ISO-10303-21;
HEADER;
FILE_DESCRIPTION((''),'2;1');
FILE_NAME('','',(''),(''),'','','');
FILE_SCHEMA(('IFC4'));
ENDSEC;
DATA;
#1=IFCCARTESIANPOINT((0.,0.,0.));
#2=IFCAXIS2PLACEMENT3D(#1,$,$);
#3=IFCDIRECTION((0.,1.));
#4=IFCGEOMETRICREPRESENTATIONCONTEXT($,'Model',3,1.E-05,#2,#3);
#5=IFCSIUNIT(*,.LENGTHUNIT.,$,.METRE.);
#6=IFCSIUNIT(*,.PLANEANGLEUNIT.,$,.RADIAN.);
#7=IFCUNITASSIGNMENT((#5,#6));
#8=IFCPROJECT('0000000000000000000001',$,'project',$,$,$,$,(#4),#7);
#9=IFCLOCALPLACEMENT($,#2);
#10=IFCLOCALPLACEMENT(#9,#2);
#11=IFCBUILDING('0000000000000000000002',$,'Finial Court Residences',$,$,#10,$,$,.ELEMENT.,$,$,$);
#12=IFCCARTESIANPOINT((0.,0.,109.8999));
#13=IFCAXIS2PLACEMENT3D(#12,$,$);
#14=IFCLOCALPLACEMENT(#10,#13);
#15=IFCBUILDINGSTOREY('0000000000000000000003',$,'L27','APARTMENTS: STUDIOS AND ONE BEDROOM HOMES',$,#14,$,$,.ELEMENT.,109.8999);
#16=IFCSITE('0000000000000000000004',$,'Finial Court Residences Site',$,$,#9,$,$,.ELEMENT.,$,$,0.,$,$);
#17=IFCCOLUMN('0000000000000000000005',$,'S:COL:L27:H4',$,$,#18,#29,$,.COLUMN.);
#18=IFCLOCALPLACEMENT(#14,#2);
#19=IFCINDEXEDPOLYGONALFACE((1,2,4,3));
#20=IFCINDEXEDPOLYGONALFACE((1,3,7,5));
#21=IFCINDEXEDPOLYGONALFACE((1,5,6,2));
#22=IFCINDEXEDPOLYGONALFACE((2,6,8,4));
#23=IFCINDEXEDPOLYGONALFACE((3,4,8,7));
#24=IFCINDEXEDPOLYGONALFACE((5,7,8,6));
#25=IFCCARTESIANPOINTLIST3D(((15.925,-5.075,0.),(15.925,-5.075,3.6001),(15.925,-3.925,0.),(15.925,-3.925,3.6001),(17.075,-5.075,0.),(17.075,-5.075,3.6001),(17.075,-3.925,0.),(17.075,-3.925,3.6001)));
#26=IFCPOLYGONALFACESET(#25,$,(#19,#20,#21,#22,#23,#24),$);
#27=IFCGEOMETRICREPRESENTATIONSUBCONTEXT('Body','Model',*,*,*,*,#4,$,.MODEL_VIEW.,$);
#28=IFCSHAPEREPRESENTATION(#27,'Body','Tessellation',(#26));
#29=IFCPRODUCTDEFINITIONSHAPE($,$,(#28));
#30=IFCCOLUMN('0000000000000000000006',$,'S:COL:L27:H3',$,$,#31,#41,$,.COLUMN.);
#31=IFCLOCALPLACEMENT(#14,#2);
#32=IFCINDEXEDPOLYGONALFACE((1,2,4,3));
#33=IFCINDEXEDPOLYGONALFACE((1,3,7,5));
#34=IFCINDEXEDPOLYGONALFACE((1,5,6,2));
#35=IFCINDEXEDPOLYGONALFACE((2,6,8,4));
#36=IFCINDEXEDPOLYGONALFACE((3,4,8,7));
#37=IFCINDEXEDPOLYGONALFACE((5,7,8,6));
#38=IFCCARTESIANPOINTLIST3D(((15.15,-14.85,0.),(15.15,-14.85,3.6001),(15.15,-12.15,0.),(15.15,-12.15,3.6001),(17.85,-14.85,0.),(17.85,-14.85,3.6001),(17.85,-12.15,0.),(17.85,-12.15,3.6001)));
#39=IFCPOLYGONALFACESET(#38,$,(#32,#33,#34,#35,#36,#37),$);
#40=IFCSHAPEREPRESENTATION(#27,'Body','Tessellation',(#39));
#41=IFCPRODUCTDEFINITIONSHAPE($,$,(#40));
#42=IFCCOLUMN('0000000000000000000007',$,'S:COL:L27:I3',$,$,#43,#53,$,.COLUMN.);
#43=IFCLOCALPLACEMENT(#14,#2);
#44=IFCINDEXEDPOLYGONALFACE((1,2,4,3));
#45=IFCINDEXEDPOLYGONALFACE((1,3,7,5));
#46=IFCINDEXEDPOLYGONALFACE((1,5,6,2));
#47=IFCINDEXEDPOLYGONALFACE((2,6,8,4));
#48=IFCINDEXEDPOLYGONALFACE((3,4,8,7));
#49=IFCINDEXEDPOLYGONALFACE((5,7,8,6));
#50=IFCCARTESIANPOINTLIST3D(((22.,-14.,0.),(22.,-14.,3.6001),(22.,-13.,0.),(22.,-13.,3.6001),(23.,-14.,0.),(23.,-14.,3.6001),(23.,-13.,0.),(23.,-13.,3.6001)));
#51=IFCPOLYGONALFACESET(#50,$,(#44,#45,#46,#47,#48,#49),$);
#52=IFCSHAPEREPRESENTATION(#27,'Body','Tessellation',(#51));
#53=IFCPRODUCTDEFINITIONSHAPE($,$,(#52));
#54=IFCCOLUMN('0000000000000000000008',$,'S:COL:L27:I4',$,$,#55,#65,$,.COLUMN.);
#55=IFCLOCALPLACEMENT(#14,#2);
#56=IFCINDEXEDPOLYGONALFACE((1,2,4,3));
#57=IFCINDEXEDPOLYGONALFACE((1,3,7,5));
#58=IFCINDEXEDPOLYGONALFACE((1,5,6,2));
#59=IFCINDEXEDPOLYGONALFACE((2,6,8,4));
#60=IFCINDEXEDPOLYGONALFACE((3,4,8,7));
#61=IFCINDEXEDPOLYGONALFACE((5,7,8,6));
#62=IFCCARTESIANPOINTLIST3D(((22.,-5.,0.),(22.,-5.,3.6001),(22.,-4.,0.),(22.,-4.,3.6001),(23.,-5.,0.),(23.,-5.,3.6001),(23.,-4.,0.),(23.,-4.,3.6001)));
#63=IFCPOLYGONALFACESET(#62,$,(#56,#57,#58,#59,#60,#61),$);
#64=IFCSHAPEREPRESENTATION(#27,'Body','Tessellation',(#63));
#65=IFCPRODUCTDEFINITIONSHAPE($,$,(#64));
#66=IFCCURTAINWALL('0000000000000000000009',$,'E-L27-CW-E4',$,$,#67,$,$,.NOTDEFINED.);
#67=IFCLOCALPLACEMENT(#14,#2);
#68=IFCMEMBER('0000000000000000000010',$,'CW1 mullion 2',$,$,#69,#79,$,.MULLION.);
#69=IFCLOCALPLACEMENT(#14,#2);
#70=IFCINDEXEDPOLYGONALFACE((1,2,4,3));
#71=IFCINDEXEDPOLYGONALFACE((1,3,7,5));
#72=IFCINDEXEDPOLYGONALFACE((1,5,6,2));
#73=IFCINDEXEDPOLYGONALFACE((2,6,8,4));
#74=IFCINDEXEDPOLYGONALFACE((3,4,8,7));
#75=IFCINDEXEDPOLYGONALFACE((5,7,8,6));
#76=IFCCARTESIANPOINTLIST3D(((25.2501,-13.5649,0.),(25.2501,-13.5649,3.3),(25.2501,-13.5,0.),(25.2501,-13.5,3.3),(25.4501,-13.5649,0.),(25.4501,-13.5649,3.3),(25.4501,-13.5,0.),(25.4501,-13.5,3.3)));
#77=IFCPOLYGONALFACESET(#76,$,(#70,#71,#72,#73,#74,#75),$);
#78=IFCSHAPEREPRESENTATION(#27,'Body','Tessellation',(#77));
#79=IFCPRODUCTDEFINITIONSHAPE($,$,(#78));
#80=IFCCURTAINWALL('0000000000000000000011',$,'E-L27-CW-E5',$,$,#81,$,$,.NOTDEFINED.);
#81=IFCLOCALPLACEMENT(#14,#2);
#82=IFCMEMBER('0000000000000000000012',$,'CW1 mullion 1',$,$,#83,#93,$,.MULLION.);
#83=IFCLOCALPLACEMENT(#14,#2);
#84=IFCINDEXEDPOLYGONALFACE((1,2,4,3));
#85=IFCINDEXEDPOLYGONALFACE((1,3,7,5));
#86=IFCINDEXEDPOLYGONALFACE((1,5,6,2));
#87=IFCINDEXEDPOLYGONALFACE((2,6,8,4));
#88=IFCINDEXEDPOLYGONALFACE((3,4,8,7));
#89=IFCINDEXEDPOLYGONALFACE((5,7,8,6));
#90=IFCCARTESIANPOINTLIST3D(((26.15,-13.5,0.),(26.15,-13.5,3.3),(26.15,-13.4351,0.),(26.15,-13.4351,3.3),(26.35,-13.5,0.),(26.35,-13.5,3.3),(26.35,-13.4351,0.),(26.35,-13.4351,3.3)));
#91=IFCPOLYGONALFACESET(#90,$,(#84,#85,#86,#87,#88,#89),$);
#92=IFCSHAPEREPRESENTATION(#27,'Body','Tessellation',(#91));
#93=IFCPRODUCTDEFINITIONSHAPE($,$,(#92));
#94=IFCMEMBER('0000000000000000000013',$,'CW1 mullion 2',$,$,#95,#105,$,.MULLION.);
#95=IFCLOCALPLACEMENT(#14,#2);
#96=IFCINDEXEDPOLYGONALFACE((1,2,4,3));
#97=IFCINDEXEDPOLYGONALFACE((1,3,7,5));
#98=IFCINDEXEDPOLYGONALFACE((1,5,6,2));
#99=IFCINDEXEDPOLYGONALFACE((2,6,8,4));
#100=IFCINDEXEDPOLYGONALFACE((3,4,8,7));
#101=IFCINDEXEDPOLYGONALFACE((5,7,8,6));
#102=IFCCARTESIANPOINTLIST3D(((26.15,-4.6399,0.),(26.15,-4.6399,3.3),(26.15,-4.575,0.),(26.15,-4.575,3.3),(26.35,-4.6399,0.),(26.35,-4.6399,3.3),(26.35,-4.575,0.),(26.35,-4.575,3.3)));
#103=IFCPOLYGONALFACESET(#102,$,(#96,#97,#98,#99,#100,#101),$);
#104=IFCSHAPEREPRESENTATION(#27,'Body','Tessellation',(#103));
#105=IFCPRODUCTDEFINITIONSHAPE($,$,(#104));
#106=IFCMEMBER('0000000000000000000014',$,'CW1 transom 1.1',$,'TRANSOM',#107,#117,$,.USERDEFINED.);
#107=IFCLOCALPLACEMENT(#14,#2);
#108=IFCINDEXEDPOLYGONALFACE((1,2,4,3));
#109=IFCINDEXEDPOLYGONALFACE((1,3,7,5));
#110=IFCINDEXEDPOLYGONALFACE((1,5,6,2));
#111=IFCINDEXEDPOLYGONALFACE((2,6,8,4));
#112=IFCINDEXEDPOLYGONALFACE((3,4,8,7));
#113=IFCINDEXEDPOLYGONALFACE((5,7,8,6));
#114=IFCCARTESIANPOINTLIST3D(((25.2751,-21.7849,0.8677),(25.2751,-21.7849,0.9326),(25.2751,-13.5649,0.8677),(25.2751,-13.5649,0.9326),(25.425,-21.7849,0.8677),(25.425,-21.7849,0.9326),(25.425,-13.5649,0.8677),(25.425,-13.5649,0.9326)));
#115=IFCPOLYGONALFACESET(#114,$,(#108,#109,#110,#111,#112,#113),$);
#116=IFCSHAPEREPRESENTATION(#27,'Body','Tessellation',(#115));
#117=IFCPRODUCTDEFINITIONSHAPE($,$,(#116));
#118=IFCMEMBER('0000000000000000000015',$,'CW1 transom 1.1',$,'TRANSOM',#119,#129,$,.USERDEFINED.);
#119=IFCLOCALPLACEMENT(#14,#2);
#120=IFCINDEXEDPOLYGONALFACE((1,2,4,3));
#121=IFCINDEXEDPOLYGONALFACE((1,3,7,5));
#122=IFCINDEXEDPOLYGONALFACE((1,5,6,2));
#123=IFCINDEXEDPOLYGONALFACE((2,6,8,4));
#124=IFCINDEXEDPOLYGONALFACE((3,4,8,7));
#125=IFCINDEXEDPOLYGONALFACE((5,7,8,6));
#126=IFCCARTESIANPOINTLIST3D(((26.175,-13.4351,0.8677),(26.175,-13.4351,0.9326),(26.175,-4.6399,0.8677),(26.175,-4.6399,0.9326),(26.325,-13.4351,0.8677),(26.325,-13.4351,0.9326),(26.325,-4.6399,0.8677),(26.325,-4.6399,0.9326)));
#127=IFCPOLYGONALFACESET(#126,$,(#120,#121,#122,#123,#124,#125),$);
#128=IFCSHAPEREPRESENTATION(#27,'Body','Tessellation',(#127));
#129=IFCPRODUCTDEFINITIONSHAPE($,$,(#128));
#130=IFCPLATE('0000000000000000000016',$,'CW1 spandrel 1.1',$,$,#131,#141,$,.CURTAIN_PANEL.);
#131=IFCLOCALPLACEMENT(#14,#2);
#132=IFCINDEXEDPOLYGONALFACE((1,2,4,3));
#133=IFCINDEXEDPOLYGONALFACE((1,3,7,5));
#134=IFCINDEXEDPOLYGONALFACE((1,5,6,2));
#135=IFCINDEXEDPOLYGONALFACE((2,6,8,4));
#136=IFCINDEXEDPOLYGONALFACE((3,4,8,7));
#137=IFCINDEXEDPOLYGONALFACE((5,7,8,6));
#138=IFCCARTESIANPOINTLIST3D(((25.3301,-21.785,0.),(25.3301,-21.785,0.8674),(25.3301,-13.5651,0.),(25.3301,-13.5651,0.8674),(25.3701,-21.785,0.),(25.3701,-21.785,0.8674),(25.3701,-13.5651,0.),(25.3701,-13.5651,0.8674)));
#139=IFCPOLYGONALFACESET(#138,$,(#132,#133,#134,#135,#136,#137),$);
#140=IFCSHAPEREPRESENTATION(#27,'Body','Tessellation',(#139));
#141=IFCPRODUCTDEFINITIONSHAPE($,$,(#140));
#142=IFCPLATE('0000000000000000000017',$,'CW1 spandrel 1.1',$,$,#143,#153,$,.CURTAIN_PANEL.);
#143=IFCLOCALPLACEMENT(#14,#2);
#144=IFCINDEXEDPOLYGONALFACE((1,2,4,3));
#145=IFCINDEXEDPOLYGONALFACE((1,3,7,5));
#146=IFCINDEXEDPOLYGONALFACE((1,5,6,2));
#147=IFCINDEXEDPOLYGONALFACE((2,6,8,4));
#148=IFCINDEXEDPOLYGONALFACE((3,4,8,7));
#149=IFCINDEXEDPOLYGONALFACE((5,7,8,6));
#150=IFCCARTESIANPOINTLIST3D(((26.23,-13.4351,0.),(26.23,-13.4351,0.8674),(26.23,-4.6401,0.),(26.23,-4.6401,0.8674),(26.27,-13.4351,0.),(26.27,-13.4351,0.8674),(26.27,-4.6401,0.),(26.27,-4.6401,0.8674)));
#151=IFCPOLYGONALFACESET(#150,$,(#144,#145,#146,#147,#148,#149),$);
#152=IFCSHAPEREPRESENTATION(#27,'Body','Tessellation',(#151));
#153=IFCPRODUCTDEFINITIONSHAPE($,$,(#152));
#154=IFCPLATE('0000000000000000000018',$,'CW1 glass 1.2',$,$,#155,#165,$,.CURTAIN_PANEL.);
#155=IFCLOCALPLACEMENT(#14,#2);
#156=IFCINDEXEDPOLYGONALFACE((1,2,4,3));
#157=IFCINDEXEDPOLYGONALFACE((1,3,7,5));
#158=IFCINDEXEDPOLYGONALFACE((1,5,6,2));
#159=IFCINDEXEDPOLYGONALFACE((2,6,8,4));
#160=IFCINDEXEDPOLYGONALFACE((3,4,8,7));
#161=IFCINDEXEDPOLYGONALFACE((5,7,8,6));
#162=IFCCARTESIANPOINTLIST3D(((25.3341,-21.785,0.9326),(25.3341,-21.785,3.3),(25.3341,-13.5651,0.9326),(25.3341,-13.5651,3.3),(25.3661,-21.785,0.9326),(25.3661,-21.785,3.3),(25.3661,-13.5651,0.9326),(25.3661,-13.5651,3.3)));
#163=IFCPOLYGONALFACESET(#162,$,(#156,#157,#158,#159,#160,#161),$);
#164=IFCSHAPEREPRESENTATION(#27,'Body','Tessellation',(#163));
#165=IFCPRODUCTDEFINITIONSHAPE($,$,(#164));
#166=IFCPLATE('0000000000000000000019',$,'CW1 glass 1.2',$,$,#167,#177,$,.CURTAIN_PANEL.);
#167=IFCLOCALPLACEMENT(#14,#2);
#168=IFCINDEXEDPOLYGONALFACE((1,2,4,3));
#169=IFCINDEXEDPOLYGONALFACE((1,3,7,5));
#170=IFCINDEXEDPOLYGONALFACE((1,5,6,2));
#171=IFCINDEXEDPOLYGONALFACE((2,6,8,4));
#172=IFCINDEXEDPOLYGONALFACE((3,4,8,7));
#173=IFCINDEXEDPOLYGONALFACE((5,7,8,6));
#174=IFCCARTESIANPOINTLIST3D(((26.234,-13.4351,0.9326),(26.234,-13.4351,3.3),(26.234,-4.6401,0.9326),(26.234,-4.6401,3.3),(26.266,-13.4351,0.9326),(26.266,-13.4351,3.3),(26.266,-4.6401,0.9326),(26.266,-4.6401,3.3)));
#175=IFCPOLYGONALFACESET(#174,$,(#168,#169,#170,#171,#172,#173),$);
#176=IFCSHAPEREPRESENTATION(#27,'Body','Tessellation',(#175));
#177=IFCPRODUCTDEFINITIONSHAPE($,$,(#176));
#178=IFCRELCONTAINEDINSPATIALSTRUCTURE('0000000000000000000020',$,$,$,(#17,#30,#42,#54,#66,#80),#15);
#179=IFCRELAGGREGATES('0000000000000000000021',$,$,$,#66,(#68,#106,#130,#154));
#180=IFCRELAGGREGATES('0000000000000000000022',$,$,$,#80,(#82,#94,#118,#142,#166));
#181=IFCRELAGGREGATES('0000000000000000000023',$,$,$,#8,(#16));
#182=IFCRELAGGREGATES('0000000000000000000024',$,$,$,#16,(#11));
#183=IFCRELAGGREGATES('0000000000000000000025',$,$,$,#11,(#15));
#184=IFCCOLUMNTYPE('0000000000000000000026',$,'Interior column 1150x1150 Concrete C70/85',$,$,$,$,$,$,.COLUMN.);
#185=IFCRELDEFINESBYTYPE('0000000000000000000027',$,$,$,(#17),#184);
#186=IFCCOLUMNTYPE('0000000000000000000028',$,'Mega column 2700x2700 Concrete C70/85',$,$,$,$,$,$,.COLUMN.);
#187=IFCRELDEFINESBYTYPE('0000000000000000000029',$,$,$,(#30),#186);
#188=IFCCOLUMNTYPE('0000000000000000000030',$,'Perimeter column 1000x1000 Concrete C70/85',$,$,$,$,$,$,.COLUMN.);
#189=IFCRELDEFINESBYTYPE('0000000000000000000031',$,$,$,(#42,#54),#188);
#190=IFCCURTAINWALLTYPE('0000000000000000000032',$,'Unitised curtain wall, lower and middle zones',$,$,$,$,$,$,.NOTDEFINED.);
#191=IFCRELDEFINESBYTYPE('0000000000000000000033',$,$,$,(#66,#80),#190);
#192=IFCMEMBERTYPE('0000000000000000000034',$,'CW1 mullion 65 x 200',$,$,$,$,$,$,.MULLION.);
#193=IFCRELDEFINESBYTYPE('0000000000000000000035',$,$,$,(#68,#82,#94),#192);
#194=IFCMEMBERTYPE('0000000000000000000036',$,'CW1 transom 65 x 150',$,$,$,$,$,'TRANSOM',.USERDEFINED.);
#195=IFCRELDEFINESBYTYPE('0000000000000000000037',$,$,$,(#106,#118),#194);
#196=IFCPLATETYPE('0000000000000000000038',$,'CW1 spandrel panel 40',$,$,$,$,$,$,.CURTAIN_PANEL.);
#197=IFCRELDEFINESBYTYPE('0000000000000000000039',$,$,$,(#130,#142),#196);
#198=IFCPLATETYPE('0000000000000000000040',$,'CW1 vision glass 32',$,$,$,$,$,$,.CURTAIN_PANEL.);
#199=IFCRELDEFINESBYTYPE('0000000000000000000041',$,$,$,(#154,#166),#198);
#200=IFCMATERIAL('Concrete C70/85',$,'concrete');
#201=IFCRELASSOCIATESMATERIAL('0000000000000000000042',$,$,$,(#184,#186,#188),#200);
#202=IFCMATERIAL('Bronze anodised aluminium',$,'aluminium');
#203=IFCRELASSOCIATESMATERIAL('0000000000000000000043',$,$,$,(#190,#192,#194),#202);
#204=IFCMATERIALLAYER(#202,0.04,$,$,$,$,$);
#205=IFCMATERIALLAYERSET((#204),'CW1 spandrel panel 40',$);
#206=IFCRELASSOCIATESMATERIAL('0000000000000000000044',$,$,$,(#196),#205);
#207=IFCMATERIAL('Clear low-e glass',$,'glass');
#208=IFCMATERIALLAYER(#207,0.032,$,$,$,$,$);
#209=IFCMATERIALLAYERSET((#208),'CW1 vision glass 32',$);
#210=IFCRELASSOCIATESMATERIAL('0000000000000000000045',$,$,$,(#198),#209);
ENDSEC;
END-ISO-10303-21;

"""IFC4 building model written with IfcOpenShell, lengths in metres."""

from ifc_helpers import new_model, si_unit, direction, frame, origin, origin_2d, place, context, subcontext, project, spatial, rectangle, extrude, material, layer, layer_set, material_profile, profile_set, type_object, element, aggregate, save


model = new_model("IFC4")

# Units and contexts
model_context = context("Model", 3, precision=1e-05, world=origin(), true_north=direction((0.0, 1.0)))
body_context = subcontext(model_context, "Body", "Model", "MODEL_VIEW")
ifc_project = project(units=[si_unit("LENGTHUNIT", "METRE"), si_unit("PLANEANGLEUNIT", "RADIAN")], contexts=[model_context])

# Site, building, storey
site_placement = place(None, origin())
site = spatial("IfcSite", under=ifc_project, at=site_placement, Name="Finial Court Residences Site", CompositionType="ELEMENT", RefElevation=0.0)
building_placement = place(site_placement, origin())
building = spatial("IfcBuilding", under=site, at=building_placement, Name="Finial Court Residences", CompositionType="ELEMENT")
storey_placement = place(building_placement, frame((0.0, 0.0, 109.8999)))
storey = spatial("IfcBuildingStorey", under=building, at=storey_placement, Name="L27", Description="APARTMENTS: STUDIOS AND ONE BEDROOM HOMES", CompositionType="ELEMENT", Elevation=109.8999)

# Columns
ifc_material_1 = material(Name="Concrete C70/85", Category="concrete")
ifc_material_profile_1 = material_profile(ifc_material_1, rectangle(XDim=1.1499, YDim=1.1499, at=origin_2d()), Name="1150x1150")
ifc_profile_set_1 = profile_set([ifc_material_profile_1], Name="Concrete C70/85")
column_type_1 = type_object("IfcColumnType", Name="Interior column 1150x1150 Concrete C70/85", PredefinedType="COLUMN", material=ifc_profile_set_1)
column_1_placement = place(storey_placement, frame((16.5, -4.5, 0.0), z_axis=(0.0, 0.0, 1.0), x_axis=(1.0, 0.0, 0.0)))
element("IfcColumn", 1, at=column_1_placement, inside=storey, type_object=column_type_1, Name="S:COL:L27:H4", PredefinedType="COLUMN", context=body_context, shape_type="SweptSolid", body=[
    extrude(rectangle(XDim=1.1499, YDim=1.1499, at=origin_2d()), origin(), (0.0, 0.0, 1.0), 3.6001),
])
ifc_material_profile_2 = material_profile(ifc_material_1, rectangle(XDim=2.7, YDim=2.7, at=origin_2d()), Name="2700x2700")
ifc_profile_set_2 = profile_set([ifc_material_profile_2], Name="Concrete C70/85")
column_type_2 = type_object("IfcColumnType", Name="Mega column 2700x2700 Concrete C70/85", PredefinedType="COLUMN", material=ifc_profile_set_2)
column_2_placement = place(storey_placement, frame((16.5, -13.5, 0.0), z_axis=(0.0, 0.0, 1.0), x_axis=(1.0, 0.0, 0.0)))
element("IfcColumn", 2, at=column_2_placement, inside=storey, type_object=column_type_2, Name="S:COL:L27:H3", PredefinedType="COLUMN", context=body_context, shape_type="SweptSolid", body=[
    extrude(rectangle(XDim=2.7, YDim=2.7, at=origin_2d()), origin(), (0.0, 0.0, 1.0), 3.6001),
])
ifc_material_profile_3 = material_profile(ifc_material_1, rectangle(XDim=1.0, YDim=1.0, at=origin_2d()), Name="1000x1000")
ifc_profile_set_3 = profile_set([ifc_material_profile_3], Name="Concrete C70/85")
column_type_3 = type_object("IfcColumnType", Name="Perimeter column 1000x1000 Concrete C70/85", PredefinedType="COLUMN", material=ifc_profile_set_3)
for number, where, z_axis, x_axis, name in (
    (3, (22.5, -13.5, 0.0), (0.0, 0.0, 1.0), (1.0, 0.0, 0.0), "S:COL:L27:I3"),
    (4, (22.5, -4.5, 0.0), (0.0, 0.0, 1.0), (1.0, 0.0, 0.0), "S:COL:L27:I4"),
):
    element("IfcColumn", number, at=place(storey_placement, frame(where, z_axis=z_axis, x_axis=x_axis)), inside=storey, type_object=column_type_3, Name=name, PredefinedType="COLUMN", context=body_context, shape_type="SweptSolid", body=[
        extrude(rectangle(XDim=1.0, YDim=1.0, at=origin_2d()), origin(), (0.0, 0.0, 1.0), 3.6001),
    ])

# Curtain wall, member
ifc_material_2 = material(Name="Bronze anodised aluminium", Category="aluminium")
curtain_wall_type = type_object("IfcCurtainWallType", Name="Unitised curtain wall, lower and middle zones", PredefinedType="NOTDEFINED", material=ifc_material_2)
curtain_wall_1_placement = place(storey_placement, origin())
curtain_wall_1 = element("IfcCurtainWall", 5, at=curtain_wall_1_placement, inside=storey, type_object=curtain_wall_type, Name="E-L27-CW-E4", PredefinedType="NOTDEFINED")
ifc_material_profile_4 = material_profile(ifc_material_2, rectangle(XDim=0.2, YDim=0.0649, at=origin_2d()), Name="CW1 mullion 65 x 200")
ifc_profile_set_4 = profile_set([ifc_material_profile_4], Name="Bronze anodised aluminium")
member_type_1 = type_object("IfcMemberType", Name="CW1 mullion 65 x 200", PredefinedType="MULLION", material=ifc_profile_set_4)
member_1_placement = place(storey_placement, frame((25.3501, -13.5325, 0.0), z_axis=(0.0, 0.0, 1.0), x_axis=(-1.0, 0.0, 0.0)))
member_1 = element("IfcMember", 6, at=member_1_placement, type_object=member_type_1, Name="CW1 mullion 2", PredefinedType="MULLION", context=body_context, shape_type="SweptSolid", body=[
    extrude(rectangle(XDim=0.2, YDim=0.0649, at=origin_2d()), origin(), (0.0, 0.0, 1.0), 3.3),
])

# Curtain wall, members
curtain_wall_2_placement = place(storey_placement, origin())
curtain_wall_2 = element("IfcCurtainWall", 7, at=curtain_wall_2_placement, inside=storey, type_object=curtain_wall_type, Name="E-L27-CW-E5", PredefinedType="NOTDEFINED")
member_2_placement = place(storey_placement, frame((26.25, -13.4675, 0.0), z_axis=(0.0, 0.0, 1.0), x_axis=(-1.0, 0.0, 0.0)))
member_2 = element("IfcMember", 8, at=member_2_placement, type_object=member_type_1, Name="CW1 mullion 1", PredefinedType="MULLION", context=body_context, shape_type="SweptSolid", body=[
    extrude(rectangle(XDim=0.2, YDim=0.0649, at=origin_2d()), origin(), (0.0, 0.0, 1.0), 3.3),
])
member_3_placement = place(storey_placement, frame((26.25, -4.6074, 0.0), z_axis=(0.0, 0.0, 1.0), x_axis=(-1.0, 0.0, 0.0)))
member_3 = element("IfcMember", 9, at=member_3_placement, type_object=member_type_1, Name="CW1 mullion 2", PredefinedType="MULLION", context=body_context, shape_type="SweptSolid", body=[
    extrude(rectangle(XDim=0.2, YDim=0.0649, at=origin_2d()), origin(), (0.0, 0.0, 1.0), 3.3),
])

# Members
ifc_material_profile_5 = material_profile(ifc_material_2, rectangle(XDim=0.1499, YDim=0.0649, at=origin_2d()), Name="CW1 transom 65 x 150")
ifc_profile_set_5 = profile_set([ifc_material_profile_5], Name="Bronze anodised aluminium")
member_type_2 = type_object("IfcMemberType", Name="CW1 transom 65 x 150", ElementType="TRANSOM", PredefinedType="USERDEFINED", material=ifc_profile_set_5)
member_4_placement = place(storey_placement, frame((25.3501, -21.7849, 0.9001), z_axis=(0.0, 1.0, 0.0), x_axis=(-1.0, 0.0, 0.0)))
member_4 = element("IfcMember", 10, at=member_4_placement, type_object=member_type_2, Name="CW1 transom 1.1", ObjectType="TRANSOM", PredefinedType="USERDEFINED", context=body_context, shape_type="SweptSolid", body=[
    extrude(rectangle(XDim=0.1499, YDim=0.0649, at=origin_2d()), origin(), (0.0, 0.0, 1.0), 8.22),
])
member_5_placement = place(storey_placement, frame((26.25, -13.4351, 0.9001), z_axis=(0.0, 1.0, 0.0), x_axis=(-1.0, 0.0, 0.0)))
member_5 = element("IfcMember", 11, at=member_5_placement, type_object=member_type_2, Name="CW1 transom 1.1", ObjectType="TRANSOM", PredefinedType="USERDEFINED", context=body_context, shape_type="SweptSolid", body=[
    extrude(rectangle(XDim=0.1499, YDim=0.0649, at=origin_2d()), origin(), (0.0, 0.0, 1.0), 8.7952),
])

# Plates
ifc_layer_1 = layer(ifc_material_2, 0.04)
ifc_layer_set_1 = layer_set([ifc_layer_1], Name="CW1 spandrel panel 40")
plate_type_1 = type_object("IfcPlateType", Name="CW1 spandrel panel 40", PredefinedType="CURTAIN_PANEL", material=ifc_layer_set_1)
plate_1_placement = place(storey_placement, frame((25.3501, -17.675, 0.0), z_axis=(0.0, 0.0, 1.0), x_axis=(0.0, 1.0, 0.0)))
plate_1 = element("IfcPlate", 12, at=plate_1_placement, type_object=plate_type_1, Name="CW1 spandrel 1.1", PredefinedType="CURTAIN_PANEL", context=body_context, shape_type="SweptSolid", body=[
    extrude(rectangle(XDim=8.22, YDim=0.04, at=origin_2d()), origin(), (0.0, 0.0, 1.0), 0.8674),
])
plate_2_placement = place(storey_placement, frame((26.25, -9.0376, 0.0), z_axis=(0.0, 0.0, 1.0), x_axis=(0.0, 1.0, 0.0)))
plate_2 = element("IfcPlate", 13, at=plate_2_placement, type_object=plate_type_1, Name="CW1 spandrel 1.1", PredefinedType="CURTAIN_PANEL", context=body_context, shape_type="SweptSolid", body=[
    extrude(rectangle(XDim=8.7949, YDim=0.04, at=origin_2d()), origin(), (0.0, 0.0, 1.0), 0.8674),
])
ifc_material_3 = material(Name="Clear low-e glass", Category="glass")
ifc_layer_2 = layer(ifc_material_3, 0.032)
ifc_layer_set_2 = layer_set([ifc_layer_2], Name="CW1 vision glass 32")
plate_type_2 = type_object("IfcPlateType", Name="CW1 vision glass 32", PredefinedType="CURTAIN_PANEL", material=ifc_layer_set_2)
plate_3_placement = place(storey_placement, frame((25.3501, -17.675, 0.9326), z_axis=(0.0, 0.0, 1.0), x_axis=(0.0, 1.0, 0.0)))
plate_3 = element("IfcPlate", 14, at=plate_3_placement, type_object=plate_type_2, Name="CW1 glass 1.2", PredefinedType="CURTAIN_PANEL", context=body_context, shape_type="SweptSolid", body=[
    extrude(rectangle(XDim=8.22, YDim=0.032, at=origin_2d()), origin(), (0.0, 0.0, 1.0), 2.3674),
])
aggregate(curtain_wall_1, [member_1, member_4, plate_1, plate_3])
plate_4_placement = place(storey_placement, frame((26.25, -9.0376, 0.9326), z_axis=(0.0, 0.0, 1.0), x_axis=(0.0, 1.0, 0.0)))
plate_4 = element("IfcPlate", 15, at=plate_4_placement, type_object=plate_type_2, Name="CW1 glass 1.2", PredefinedType="CURTAIN_PANEL", context=body_context, shape_type="SweptSolid", body=[
    extrude(rectangle(XDim=8.7949, YDim=0.032, at=origin_2d()), origin(), (0.0, 0.0, 1.0), 2.3674),
])
aggregate(curtain_wall_2, [member_2, member_3, member_5, plate_2, plate_4])

save(model, "model.ifc")
